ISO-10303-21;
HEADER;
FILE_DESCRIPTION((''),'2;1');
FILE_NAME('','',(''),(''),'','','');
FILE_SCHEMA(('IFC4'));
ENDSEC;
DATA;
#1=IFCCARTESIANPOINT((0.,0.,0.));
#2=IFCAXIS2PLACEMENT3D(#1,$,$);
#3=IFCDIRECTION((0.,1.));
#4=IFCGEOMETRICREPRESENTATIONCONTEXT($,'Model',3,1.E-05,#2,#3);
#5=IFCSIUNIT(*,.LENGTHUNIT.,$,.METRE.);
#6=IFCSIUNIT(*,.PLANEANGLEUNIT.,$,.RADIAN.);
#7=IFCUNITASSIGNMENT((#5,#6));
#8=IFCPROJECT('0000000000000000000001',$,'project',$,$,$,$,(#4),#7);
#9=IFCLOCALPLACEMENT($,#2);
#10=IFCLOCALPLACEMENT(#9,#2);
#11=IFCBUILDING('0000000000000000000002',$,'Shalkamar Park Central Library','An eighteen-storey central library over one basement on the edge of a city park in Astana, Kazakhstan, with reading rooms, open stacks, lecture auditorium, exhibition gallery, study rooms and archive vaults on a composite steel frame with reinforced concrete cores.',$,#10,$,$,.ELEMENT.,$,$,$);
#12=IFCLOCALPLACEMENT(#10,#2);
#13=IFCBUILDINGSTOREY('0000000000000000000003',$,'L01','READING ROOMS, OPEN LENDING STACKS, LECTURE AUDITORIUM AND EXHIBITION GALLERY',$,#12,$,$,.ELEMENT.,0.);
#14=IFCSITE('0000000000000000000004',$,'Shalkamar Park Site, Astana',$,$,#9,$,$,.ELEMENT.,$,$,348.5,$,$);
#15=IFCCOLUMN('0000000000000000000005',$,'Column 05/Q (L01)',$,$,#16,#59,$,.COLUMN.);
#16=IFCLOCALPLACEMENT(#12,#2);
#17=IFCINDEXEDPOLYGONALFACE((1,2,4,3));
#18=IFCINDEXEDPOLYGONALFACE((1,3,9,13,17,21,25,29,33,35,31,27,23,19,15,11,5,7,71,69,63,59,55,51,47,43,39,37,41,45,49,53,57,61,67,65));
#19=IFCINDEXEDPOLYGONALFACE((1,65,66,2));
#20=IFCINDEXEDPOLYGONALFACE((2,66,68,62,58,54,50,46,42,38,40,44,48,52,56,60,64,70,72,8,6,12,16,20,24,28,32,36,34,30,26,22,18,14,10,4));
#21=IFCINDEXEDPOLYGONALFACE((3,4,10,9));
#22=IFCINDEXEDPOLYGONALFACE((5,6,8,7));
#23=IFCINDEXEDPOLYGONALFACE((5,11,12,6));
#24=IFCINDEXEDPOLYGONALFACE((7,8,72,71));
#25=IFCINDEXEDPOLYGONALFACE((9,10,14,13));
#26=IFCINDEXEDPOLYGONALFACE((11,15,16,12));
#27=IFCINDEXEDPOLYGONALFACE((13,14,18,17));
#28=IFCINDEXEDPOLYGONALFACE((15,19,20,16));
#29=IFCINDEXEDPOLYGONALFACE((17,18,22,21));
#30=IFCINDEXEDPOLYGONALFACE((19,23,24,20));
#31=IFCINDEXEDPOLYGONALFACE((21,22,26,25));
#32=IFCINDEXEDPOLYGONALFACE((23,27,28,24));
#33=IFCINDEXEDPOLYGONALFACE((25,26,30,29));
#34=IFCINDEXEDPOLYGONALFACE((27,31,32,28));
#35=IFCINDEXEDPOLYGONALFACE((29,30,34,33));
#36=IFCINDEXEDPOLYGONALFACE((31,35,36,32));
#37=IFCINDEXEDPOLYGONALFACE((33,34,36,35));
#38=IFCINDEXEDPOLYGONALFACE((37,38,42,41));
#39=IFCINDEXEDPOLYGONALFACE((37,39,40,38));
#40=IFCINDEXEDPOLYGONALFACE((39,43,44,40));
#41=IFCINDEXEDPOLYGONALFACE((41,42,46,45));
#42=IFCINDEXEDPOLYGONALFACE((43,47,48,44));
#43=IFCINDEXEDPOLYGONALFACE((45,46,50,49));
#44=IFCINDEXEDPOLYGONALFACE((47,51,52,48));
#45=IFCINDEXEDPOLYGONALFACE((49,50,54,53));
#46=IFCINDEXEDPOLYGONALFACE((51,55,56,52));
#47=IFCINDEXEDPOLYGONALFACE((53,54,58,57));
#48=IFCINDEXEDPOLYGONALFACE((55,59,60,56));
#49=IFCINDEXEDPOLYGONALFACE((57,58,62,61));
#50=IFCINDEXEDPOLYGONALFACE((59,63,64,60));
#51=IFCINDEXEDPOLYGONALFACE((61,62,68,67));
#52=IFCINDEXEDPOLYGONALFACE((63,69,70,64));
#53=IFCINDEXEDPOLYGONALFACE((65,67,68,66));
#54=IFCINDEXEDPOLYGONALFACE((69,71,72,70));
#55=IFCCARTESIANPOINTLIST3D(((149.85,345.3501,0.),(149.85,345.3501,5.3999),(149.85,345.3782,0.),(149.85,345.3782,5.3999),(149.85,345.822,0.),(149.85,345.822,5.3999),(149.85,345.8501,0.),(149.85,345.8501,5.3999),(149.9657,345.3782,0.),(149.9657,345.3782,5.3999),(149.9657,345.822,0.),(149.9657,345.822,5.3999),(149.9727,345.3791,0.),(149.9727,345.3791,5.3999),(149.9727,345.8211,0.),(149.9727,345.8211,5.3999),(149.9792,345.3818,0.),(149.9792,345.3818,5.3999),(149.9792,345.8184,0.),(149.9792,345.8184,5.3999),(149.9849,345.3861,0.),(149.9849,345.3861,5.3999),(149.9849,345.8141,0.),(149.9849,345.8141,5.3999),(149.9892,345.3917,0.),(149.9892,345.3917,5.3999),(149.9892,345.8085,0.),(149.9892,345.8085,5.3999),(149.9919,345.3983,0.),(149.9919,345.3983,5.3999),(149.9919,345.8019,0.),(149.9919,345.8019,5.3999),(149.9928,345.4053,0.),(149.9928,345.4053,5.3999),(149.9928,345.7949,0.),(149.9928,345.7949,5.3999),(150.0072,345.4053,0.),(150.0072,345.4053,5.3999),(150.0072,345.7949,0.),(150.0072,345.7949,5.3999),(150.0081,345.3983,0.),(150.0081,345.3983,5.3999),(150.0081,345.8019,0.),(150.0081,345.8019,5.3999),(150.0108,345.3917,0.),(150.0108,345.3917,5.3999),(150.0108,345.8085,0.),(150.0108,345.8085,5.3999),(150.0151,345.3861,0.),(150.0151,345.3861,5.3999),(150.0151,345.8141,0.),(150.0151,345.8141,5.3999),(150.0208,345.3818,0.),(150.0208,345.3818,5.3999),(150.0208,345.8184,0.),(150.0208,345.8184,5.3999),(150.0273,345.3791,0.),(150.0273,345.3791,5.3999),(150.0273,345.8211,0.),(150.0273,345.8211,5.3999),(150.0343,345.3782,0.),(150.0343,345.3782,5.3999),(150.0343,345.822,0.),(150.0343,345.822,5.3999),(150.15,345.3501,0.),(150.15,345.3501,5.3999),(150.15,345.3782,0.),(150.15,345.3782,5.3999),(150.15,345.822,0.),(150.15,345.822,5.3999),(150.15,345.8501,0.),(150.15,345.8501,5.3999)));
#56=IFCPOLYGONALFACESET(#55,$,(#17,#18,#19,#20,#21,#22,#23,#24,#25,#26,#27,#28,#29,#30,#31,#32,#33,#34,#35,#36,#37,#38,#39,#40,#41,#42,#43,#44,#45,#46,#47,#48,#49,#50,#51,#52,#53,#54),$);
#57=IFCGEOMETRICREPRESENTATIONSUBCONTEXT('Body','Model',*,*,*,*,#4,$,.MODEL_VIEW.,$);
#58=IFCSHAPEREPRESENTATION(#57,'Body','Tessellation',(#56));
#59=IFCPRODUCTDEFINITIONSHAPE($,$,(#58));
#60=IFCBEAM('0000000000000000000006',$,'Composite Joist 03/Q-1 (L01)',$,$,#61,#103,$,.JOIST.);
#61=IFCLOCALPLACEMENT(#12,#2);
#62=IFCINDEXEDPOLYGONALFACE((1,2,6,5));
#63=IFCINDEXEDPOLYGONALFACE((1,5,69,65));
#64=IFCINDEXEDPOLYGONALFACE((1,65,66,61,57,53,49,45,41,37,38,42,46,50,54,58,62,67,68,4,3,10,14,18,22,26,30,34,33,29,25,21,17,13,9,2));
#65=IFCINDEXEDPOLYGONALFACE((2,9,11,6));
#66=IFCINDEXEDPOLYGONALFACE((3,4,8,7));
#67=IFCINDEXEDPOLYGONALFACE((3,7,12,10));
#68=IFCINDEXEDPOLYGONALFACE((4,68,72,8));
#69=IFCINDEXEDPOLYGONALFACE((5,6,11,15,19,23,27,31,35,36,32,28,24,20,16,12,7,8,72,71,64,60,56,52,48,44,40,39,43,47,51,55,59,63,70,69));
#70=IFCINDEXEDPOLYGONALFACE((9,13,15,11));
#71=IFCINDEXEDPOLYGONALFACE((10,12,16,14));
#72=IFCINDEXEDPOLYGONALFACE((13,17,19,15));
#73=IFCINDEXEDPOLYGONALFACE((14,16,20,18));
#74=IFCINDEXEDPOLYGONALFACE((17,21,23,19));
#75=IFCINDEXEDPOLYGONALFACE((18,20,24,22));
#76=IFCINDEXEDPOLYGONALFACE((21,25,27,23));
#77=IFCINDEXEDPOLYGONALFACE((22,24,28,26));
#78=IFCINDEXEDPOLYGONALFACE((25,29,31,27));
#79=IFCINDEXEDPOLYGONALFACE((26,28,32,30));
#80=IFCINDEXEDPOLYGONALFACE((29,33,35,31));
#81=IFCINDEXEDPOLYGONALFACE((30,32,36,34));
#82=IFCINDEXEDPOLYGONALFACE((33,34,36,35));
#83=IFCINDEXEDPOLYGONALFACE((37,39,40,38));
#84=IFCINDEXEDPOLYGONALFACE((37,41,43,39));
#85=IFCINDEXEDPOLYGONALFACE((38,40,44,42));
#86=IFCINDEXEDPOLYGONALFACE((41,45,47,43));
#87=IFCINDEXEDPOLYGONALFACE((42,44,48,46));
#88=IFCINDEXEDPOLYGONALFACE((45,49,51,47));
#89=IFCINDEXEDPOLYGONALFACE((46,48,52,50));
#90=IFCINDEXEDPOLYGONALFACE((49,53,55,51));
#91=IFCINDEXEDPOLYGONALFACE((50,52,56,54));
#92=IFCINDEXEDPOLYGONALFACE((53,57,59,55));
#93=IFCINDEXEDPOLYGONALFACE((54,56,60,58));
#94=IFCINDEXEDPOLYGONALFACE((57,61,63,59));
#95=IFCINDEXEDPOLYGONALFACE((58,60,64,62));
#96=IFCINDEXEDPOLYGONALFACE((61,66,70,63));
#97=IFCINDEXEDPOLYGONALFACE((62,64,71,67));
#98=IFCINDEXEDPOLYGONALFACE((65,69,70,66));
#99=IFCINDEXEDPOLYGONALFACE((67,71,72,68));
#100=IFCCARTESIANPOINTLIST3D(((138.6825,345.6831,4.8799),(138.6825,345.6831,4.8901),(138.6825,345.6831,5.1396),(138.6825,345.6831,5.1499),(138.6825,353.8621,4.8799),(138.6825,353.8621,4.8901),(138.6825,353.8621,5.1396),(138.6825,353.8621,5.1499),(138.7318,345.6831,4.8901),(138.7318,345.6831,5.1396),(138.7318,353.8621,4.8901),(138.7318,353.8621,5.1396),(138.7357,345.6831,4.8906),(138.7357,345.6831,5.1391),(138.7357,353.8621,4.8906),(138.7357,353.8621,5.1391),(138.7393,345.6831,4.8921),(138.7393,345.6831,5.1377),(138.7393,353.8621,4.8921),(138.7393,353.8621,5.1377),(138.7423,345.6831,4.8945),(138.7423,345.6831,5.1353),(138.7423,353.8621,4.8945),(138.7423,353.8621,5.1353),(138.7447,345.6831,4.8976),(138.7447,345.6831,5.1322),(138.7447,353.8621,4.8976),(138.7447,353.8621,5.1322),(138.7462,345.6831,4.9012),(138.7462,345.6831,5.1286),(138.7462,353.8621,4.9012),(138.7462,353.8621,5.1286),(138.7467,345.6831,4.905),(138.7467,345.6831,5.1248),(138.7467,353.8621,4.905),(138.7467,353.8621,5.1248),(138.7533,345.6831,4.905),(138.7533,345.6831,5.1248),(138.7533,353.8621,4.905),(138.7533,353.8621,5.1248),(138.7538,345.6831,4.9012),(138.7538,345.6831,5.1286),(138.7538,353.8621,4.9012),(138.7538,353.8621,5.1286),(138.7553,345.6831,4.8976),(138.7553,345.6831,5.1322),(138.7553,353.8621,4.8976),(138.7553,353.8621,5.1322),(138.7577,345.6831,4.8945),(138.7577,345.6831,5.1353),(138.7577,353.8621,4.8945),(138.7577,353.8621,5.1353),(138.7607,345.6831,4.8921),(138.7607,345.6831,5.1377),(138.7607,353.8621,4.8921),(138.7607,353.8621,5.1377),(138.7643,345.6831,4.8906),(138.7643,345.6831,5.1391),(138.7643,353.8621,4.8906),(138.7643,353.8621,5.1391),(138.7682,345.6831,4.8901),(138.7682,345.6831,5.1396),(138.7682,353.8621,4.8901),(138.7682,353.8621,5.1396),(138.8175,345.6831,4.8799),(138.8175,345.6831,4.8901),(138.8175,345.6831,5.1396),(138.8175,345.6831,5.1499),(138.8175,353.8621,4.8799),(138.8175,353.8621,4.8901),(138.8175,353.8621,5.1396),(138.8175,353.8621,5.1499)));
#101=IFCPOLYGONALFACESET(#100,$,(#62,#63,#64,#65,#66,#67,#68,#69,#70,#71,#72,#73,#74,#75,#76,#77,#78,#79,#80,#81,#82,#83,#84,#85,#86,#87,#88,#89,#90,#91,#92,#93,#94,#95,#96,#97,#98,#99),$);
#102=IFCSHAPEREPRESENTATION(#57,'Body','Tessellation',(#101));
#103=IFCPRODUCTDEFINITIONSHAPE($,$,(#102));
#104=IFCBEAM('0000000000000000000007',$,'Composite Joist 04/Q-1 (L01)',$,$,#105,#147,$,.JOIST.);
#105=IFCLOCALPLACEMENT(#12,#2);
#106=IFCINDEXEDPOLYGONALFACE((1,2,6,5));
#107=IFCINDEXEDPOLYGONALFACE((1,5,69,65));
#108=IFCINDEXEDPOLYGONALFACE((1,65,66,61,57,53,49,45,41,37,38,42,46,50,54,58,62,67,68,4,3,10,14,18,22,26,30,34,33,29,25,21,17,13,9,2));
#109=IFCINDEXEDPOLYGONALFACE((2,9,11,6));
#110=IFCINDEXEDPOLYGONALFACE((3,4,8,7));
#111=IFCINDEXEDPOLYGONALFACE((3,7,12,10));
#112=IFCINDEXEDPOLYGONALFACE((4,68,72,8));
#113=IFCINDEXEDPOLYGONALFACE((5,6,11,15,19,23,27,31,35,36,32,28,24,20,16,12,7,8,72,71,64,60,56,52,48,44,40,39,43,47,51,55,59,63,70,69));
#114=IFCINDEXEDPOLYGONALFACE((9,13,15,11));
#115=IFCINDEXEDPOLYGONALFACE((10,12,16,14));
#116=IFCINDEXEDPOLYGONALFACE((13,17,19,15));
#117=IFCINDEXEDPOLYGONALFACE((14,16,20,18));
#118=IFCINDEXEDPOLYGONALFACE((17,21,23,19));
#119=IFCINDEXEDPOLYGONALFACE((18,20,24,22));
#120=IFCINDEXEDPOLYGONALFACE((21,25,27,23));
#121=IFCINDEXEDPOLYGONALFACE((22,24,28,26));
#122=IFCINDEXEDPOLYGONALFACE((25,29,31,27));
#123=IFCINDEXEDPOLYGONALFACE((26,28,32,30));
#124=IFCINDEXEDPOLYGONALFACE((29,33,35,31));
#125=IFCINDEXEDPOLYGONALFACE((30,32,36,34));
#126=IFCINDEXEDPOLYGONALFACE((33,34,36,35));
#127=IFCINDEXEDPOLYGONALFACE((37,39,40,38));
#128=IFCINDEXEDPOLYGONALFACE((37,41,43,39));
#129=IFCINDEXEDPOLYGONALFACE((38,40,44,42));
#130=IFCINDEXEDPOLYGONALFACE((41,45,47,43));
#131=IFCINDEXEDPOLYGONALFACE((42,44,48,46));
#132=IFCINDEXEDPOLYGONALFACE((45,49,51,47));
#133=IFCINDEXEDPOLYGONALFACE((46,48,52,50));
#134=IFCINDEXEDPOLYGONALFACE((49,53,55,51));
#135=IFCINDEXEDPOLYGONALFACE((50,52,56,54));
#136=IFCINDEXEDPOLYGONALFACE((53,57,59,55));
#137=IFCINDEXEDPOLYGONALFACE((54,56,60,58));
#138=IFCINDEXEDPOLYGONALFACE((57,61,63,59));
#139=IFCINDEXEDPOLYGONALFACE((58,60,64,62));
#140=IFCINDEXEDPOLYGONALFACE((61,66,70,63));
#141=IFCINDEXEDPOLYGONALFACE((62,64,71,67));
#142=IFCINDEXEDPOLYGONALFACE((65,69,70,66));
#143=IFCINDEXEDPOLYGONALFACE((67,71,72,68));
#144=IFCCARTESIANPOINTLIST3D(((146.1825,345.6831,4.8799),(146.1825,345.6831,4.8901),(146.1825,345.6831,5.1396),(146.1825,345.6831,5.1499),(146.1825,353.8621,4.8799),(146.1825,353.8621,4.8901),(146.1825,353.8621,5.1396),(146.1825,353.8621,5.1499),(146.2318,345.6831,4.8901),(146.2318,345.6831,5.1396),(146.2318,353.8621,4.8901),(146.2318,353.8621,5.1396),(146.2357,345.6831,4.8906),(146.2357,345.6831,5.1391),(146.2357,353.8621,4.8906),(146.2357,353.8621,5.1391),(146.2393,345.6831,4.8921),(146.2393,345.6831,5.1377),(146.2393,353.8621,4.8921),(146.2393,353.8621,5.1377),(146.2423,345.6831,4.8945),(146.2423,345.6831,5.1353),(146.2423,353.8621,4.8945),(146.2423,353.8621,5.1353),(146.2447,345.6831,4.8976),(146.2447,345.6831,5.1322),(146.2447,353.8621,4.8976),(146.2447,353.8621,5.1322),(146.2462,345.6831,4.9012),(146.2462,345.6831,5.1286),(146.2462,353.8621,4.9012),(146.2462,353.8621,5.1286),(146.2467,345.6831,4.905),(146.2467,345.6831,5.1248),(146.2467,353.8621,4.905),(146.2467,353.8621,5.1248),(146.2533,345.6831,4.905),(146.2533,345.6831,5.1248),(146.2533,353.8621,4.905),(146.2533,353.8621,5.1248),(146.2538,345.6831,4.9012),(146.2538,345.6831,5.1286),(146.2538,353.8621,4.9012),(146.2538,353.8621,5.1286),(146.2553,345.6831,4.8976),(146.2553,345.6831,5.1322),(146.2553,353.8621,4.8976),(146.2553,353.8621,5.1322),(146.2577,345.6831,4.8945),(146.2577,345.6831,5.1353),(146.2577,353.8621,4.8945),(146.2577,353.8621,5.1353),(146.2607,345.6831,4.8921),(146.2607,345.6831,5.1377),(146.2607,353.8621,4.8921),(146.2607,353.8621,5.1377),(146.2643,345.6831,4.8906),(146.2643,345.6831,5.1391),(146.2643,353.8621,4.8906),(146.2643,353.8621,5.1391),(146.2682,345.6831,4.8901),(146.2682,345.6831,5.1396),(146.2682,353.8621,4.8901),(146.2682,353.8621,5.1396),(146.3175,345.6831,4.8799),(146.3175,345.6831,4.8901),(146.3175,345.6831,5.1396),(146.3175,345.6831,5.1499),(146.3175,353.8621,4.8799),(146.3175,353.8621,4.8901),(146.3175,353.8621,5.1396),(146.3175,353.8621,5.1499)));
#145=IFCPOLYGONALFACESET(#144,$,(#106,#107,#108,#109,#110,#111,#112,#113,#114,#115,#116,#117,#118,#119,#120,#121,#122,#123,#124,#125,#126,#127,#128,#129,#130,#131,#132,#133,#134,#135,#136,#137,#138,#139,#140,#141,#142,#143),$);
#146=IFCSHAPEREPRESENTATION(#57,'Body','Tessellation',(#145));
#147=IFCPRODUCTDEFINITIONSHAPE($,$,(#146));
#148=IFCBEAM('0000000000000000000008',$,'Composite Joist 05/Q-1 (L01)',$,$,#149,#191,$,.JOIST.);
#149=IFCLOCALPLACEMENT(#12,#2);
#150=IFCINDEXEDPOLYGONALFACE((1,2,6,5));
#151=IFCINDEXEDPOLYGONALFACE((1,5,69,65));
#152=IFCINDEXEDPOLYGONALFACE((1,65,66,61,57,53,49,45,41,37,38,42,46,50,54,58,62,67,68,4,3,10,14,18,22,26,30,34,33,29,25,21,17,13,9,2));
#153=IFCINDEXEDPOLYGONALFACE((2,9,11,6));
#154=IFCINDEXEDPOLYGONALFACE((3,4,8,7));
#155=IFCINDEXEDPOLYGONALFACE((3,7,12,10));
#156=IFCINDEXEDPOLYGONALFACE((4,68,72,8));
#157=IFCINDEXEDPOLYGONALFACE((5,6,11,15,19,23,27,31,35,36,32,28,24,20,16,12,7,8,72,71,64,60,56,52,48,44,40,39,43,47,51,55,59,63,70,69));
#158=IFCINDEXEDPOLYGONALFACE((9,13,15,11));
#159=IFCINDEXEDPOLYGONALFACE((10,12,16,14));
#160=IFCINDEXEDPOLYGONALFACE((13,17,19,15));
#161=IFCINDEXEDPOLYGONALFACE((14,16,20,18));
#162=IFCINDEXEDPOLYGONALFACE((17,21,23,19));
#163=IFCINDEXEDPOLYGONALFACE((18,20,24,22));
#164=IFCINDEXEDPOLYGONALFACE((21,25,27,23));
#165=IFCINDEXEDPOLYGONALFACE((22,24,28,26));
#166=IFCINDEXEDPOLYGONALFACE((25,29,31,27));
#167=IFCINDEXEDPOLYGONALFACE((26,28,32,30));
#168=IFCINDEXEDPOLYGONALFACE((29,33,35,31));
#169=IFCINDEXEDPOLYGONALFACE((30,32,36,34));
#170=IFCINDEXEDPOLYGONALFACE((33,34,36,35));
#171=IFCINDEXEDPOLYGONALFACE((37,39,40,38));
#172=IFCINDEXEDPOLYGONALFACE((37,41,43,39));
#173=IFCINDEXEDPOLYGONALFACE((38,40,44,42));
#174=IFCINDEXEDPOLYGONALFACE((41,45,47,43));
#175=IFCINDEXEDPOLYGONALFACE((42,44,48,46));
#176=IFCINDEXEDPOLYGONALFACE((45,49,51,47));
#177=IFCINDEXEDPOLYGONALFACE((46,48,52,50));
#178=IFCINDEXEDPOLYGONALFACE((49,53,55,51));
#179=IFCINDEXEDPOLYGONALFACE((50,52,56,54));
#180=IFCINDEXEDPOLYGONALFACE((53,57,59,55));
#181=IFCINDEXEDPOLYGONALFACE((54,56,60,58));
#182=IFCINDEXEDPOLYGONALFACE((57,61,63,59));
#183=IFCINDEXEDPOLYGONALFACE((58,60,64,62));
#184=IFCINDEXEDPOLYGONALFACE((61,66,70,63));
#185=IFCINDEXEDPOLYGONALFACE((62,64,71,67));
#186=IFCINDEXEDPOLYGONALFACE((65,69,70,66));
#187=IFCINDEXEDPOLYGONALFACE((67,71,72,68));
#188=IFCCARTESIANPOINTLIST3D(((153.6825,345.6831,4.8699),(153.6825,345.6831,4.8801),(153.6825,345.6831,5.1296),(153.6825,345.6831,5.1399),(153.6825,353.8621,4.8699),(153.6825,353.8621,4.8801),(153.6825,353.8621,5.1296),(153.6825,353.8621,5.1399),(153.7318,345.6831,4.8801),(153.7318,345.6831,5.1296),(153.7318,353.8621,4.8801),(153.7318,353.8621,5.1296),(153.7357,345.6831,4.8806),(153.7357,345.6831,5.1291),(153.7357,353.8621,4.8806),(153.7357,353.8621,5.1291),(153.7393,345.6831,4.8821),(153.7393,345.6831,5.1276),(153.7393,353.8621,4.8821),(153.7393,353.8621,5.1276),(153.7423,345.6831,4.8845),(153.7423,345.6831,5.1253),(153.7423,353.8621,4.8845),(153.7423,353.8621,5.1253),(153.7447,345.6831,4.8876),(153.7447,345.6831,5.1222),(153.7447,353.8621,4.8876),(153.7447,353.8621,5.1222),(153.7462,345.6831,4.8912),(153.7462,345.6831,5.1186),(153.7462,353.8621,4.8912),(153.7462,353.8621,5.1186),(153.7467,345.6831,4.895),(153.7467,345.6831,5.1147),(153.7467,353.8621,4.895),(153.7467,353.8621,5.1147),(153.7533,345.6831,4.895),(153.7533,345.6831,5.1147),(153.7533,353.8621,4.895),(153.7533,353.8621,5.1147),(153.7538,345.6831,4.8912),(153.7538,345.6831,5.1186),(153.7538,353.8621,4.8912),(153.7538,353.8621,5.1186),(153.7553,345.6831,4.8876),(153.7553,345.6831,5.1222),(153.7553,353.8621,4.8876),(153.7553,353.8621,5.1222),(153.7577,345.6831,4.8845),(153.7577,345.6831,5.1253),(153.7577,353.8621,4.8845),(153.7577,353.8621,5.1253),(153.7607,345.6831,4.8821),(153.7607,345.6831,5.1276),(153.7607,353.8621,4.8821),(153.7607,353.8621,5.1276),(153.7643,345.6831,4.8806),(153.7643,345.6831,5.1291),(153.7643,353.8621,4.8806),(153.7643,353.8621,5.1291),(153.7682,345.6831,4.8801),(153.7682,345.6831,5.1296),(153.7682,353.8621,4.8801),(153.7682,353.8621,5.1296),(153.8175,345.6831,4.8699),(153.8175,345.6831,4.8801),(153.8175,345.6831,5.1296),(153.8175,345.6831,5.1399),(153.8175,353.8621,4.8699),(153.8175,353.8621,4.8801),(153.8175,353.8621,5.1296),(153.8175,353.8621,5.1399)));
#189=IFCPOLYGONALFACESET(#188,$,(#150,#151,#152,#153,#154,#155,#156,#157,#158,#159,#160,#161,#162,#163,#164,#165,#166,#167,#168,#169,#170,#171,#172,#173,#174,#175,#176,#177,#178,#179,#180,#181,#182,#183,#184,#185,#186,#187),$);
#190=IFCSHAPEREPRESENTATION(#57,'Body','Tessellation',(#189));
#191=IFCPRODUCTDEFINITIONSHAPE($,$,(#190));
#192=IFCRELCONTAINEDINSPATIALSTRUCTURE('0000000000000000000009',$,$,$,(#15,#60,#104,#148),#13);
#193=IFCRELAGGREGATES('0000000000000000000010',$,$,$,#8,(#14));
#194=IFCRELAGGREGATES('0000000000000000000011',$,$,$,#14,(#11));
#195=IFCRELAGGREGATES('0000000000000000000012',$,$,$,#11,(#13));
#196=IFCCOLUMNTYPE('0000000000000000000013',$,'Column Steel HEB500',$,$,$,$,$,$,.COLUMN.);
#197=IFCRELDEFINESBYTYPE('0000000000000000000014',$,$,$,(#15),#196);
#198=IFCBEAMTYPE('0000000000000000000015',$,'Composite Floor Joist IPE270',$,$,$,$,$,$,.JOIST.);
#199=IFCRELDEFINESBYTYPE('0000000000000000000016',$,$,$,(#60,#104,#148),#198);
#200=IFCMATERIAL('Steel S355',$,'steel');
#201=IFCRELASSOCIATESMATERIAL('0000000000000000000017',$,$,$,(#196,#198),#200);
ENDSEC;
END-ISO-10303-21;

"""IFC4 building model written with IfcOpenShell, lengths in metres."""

from ifc_helpers import new_model, si_unit, direction, frame, origin, origin_2d, place, context, subcontext, project, spatial, i_section, extrude, material, material_profile, profile_set, type_object, element, save


model = new_model("IFC4")

# Units and contexts
model_context = context("Model", 3, precision=1e-05, world=origin(), true_north=direction((0.0, 1.0)))
body_context = subcontext(model_context, "Body", "Model", "MODEL_VIEW")
ifc_project = project(units=[si_unit("LENGTHUNIT", "METRE"), si_unit("PLANEANGLEUNIT", "RADIAN")], contexts=[model_context])

# Site, building, storey
site_placement = place(None, origin())
site = spatial("IfcSite", under=ifc_project, at=site_placement, Name="Shalkamar Park Site, Astana", CompositionType="ELEMENT", RefElevation=348.5)
building_placement = place(site_placement, origin())
building = spatial("IfcBuilding", under=site, at=building_placement, Name="Shalkamar Park Central Library", Description="An eighteen-storey central library over one basement on the edge of a city park in Astana, Kazakhstan, with reading rooms, open stacks, lecture auditorium, exhibition gallery, study rooms and archive vaults on a composite steel frame with reinforced concrete cores.", CompositionType="ELEMENT")
storey_placement = place(building_placement, origin())
storey = spatial("IfcBuildingStorey", under=building, at=storey_placement, Name="L01", Description="READING ROOMS, OPEN LENDING STACKS, LECTURE AUDITORIUM AND EXHIBITION GALLERY", CompositionType="ELEMENT", Elevation=0.0)

# Column
ifc_material_1 = material(Name="Steel S355", Category="steel")
ifc_material_profile_1 = material_profile(ifc_material_1, i_section(OverallWidth=0.3, OverallDepth=0.5, WebThickness=0.0144, FlangeThickness=0.0281, FilletRadius=0.0271, at=origin_2d()), Name="HEB 500")
ifc_profile_set_1 = profile_set([ifc_material_profile_1], Name="Steel S355")
column_type_1 = type_object("IfcColumnType", Name="Column Steel HEB500", PredefinedType="COLUMN", material=ifc_profile_set_1)
for number, where, z_axis, x_axis, name in (
    (1, (150.0, 345.6001, 0.0), (0.0, 0.0, 1.0), (1.0, 0.0, 0.0), "Column 05/Q (L01)"),
):
    element("IfcColumn", number, at=place(storey_placement, frame(where, z_axis=z_axis, x_axis=x_axis)), inside=storey, type_object=column_type_1, Name=name, PredefinedType="COLUMN", context=body_context, shape_type="SweptSolid", body=[
        extrude(i_section(OverallWidth=0.3, OverallDepth=0.5, WebThickness=0.0144, FlangeThickness=0.0281, FilletRadius=0.0271, at=origin_2d()), origin(), (0.0, 0.0, 1.0), 5.3999),
    ])

# Beams
ifc_material_profile_2 = material_profile(ifc_material_1, i_section(OverallWidth=0.135, OverallDepth=0.27, WebThickness=0.0066, FlangeThickness=0.0103, FilletRadius=0.0149, at=origin_2d()), Name="IPE 270")
ifc_profile_set_2 = profile_set([ifc_material_profile_2], Name="Steel S355")
beam_type_1 = type_object("IfcBeamType", Name="Composite Floor Joist IPE270", PredefinedType="JOIST", material=ifc_profile_set_2)
for number, where, z_axis, x_axis, name in (
    (2, (138.75, 345.6831, 5.0149), (0.0, 1.0, 0.0), (-1.0, 0.0, 0.0), "Composite Joist 03/Q-1 (L01)"),
    (3, (146.25, 345.6831, 5.0149), (0.0, 1.0, 0.0), (-1.0, 0.0, 0.0), "Composite Joist 04/Q-1 (L01)"),
    (4, (153.75, 345.6831, 5.0049), (0.0, 1.0, 0.0), (-1.0, 0.0, 0.0), "Composite Joist 05/Q-1 (L01)"),
):
    element("IfcBeam", number, at=place(storey_placement, frame(where, z_axis=z_axis, x_axis=x_axis)), inside=storey, type_object=beam_type_1, Name=name, PredefinedType="JOIST", context=body_context, shape_type="SweptSolid", body=[
        extrude(i_section(OverallWidth=0.135, OverallDepth=0.27, WebThickness=0.0066, FlangeThickness=0.0103, FilletRadius=0.0149, at=origin_2d()), origin(), (0.0, 0.0, 1.0), 8.179),
    ])

save(model, "model.ifc")
